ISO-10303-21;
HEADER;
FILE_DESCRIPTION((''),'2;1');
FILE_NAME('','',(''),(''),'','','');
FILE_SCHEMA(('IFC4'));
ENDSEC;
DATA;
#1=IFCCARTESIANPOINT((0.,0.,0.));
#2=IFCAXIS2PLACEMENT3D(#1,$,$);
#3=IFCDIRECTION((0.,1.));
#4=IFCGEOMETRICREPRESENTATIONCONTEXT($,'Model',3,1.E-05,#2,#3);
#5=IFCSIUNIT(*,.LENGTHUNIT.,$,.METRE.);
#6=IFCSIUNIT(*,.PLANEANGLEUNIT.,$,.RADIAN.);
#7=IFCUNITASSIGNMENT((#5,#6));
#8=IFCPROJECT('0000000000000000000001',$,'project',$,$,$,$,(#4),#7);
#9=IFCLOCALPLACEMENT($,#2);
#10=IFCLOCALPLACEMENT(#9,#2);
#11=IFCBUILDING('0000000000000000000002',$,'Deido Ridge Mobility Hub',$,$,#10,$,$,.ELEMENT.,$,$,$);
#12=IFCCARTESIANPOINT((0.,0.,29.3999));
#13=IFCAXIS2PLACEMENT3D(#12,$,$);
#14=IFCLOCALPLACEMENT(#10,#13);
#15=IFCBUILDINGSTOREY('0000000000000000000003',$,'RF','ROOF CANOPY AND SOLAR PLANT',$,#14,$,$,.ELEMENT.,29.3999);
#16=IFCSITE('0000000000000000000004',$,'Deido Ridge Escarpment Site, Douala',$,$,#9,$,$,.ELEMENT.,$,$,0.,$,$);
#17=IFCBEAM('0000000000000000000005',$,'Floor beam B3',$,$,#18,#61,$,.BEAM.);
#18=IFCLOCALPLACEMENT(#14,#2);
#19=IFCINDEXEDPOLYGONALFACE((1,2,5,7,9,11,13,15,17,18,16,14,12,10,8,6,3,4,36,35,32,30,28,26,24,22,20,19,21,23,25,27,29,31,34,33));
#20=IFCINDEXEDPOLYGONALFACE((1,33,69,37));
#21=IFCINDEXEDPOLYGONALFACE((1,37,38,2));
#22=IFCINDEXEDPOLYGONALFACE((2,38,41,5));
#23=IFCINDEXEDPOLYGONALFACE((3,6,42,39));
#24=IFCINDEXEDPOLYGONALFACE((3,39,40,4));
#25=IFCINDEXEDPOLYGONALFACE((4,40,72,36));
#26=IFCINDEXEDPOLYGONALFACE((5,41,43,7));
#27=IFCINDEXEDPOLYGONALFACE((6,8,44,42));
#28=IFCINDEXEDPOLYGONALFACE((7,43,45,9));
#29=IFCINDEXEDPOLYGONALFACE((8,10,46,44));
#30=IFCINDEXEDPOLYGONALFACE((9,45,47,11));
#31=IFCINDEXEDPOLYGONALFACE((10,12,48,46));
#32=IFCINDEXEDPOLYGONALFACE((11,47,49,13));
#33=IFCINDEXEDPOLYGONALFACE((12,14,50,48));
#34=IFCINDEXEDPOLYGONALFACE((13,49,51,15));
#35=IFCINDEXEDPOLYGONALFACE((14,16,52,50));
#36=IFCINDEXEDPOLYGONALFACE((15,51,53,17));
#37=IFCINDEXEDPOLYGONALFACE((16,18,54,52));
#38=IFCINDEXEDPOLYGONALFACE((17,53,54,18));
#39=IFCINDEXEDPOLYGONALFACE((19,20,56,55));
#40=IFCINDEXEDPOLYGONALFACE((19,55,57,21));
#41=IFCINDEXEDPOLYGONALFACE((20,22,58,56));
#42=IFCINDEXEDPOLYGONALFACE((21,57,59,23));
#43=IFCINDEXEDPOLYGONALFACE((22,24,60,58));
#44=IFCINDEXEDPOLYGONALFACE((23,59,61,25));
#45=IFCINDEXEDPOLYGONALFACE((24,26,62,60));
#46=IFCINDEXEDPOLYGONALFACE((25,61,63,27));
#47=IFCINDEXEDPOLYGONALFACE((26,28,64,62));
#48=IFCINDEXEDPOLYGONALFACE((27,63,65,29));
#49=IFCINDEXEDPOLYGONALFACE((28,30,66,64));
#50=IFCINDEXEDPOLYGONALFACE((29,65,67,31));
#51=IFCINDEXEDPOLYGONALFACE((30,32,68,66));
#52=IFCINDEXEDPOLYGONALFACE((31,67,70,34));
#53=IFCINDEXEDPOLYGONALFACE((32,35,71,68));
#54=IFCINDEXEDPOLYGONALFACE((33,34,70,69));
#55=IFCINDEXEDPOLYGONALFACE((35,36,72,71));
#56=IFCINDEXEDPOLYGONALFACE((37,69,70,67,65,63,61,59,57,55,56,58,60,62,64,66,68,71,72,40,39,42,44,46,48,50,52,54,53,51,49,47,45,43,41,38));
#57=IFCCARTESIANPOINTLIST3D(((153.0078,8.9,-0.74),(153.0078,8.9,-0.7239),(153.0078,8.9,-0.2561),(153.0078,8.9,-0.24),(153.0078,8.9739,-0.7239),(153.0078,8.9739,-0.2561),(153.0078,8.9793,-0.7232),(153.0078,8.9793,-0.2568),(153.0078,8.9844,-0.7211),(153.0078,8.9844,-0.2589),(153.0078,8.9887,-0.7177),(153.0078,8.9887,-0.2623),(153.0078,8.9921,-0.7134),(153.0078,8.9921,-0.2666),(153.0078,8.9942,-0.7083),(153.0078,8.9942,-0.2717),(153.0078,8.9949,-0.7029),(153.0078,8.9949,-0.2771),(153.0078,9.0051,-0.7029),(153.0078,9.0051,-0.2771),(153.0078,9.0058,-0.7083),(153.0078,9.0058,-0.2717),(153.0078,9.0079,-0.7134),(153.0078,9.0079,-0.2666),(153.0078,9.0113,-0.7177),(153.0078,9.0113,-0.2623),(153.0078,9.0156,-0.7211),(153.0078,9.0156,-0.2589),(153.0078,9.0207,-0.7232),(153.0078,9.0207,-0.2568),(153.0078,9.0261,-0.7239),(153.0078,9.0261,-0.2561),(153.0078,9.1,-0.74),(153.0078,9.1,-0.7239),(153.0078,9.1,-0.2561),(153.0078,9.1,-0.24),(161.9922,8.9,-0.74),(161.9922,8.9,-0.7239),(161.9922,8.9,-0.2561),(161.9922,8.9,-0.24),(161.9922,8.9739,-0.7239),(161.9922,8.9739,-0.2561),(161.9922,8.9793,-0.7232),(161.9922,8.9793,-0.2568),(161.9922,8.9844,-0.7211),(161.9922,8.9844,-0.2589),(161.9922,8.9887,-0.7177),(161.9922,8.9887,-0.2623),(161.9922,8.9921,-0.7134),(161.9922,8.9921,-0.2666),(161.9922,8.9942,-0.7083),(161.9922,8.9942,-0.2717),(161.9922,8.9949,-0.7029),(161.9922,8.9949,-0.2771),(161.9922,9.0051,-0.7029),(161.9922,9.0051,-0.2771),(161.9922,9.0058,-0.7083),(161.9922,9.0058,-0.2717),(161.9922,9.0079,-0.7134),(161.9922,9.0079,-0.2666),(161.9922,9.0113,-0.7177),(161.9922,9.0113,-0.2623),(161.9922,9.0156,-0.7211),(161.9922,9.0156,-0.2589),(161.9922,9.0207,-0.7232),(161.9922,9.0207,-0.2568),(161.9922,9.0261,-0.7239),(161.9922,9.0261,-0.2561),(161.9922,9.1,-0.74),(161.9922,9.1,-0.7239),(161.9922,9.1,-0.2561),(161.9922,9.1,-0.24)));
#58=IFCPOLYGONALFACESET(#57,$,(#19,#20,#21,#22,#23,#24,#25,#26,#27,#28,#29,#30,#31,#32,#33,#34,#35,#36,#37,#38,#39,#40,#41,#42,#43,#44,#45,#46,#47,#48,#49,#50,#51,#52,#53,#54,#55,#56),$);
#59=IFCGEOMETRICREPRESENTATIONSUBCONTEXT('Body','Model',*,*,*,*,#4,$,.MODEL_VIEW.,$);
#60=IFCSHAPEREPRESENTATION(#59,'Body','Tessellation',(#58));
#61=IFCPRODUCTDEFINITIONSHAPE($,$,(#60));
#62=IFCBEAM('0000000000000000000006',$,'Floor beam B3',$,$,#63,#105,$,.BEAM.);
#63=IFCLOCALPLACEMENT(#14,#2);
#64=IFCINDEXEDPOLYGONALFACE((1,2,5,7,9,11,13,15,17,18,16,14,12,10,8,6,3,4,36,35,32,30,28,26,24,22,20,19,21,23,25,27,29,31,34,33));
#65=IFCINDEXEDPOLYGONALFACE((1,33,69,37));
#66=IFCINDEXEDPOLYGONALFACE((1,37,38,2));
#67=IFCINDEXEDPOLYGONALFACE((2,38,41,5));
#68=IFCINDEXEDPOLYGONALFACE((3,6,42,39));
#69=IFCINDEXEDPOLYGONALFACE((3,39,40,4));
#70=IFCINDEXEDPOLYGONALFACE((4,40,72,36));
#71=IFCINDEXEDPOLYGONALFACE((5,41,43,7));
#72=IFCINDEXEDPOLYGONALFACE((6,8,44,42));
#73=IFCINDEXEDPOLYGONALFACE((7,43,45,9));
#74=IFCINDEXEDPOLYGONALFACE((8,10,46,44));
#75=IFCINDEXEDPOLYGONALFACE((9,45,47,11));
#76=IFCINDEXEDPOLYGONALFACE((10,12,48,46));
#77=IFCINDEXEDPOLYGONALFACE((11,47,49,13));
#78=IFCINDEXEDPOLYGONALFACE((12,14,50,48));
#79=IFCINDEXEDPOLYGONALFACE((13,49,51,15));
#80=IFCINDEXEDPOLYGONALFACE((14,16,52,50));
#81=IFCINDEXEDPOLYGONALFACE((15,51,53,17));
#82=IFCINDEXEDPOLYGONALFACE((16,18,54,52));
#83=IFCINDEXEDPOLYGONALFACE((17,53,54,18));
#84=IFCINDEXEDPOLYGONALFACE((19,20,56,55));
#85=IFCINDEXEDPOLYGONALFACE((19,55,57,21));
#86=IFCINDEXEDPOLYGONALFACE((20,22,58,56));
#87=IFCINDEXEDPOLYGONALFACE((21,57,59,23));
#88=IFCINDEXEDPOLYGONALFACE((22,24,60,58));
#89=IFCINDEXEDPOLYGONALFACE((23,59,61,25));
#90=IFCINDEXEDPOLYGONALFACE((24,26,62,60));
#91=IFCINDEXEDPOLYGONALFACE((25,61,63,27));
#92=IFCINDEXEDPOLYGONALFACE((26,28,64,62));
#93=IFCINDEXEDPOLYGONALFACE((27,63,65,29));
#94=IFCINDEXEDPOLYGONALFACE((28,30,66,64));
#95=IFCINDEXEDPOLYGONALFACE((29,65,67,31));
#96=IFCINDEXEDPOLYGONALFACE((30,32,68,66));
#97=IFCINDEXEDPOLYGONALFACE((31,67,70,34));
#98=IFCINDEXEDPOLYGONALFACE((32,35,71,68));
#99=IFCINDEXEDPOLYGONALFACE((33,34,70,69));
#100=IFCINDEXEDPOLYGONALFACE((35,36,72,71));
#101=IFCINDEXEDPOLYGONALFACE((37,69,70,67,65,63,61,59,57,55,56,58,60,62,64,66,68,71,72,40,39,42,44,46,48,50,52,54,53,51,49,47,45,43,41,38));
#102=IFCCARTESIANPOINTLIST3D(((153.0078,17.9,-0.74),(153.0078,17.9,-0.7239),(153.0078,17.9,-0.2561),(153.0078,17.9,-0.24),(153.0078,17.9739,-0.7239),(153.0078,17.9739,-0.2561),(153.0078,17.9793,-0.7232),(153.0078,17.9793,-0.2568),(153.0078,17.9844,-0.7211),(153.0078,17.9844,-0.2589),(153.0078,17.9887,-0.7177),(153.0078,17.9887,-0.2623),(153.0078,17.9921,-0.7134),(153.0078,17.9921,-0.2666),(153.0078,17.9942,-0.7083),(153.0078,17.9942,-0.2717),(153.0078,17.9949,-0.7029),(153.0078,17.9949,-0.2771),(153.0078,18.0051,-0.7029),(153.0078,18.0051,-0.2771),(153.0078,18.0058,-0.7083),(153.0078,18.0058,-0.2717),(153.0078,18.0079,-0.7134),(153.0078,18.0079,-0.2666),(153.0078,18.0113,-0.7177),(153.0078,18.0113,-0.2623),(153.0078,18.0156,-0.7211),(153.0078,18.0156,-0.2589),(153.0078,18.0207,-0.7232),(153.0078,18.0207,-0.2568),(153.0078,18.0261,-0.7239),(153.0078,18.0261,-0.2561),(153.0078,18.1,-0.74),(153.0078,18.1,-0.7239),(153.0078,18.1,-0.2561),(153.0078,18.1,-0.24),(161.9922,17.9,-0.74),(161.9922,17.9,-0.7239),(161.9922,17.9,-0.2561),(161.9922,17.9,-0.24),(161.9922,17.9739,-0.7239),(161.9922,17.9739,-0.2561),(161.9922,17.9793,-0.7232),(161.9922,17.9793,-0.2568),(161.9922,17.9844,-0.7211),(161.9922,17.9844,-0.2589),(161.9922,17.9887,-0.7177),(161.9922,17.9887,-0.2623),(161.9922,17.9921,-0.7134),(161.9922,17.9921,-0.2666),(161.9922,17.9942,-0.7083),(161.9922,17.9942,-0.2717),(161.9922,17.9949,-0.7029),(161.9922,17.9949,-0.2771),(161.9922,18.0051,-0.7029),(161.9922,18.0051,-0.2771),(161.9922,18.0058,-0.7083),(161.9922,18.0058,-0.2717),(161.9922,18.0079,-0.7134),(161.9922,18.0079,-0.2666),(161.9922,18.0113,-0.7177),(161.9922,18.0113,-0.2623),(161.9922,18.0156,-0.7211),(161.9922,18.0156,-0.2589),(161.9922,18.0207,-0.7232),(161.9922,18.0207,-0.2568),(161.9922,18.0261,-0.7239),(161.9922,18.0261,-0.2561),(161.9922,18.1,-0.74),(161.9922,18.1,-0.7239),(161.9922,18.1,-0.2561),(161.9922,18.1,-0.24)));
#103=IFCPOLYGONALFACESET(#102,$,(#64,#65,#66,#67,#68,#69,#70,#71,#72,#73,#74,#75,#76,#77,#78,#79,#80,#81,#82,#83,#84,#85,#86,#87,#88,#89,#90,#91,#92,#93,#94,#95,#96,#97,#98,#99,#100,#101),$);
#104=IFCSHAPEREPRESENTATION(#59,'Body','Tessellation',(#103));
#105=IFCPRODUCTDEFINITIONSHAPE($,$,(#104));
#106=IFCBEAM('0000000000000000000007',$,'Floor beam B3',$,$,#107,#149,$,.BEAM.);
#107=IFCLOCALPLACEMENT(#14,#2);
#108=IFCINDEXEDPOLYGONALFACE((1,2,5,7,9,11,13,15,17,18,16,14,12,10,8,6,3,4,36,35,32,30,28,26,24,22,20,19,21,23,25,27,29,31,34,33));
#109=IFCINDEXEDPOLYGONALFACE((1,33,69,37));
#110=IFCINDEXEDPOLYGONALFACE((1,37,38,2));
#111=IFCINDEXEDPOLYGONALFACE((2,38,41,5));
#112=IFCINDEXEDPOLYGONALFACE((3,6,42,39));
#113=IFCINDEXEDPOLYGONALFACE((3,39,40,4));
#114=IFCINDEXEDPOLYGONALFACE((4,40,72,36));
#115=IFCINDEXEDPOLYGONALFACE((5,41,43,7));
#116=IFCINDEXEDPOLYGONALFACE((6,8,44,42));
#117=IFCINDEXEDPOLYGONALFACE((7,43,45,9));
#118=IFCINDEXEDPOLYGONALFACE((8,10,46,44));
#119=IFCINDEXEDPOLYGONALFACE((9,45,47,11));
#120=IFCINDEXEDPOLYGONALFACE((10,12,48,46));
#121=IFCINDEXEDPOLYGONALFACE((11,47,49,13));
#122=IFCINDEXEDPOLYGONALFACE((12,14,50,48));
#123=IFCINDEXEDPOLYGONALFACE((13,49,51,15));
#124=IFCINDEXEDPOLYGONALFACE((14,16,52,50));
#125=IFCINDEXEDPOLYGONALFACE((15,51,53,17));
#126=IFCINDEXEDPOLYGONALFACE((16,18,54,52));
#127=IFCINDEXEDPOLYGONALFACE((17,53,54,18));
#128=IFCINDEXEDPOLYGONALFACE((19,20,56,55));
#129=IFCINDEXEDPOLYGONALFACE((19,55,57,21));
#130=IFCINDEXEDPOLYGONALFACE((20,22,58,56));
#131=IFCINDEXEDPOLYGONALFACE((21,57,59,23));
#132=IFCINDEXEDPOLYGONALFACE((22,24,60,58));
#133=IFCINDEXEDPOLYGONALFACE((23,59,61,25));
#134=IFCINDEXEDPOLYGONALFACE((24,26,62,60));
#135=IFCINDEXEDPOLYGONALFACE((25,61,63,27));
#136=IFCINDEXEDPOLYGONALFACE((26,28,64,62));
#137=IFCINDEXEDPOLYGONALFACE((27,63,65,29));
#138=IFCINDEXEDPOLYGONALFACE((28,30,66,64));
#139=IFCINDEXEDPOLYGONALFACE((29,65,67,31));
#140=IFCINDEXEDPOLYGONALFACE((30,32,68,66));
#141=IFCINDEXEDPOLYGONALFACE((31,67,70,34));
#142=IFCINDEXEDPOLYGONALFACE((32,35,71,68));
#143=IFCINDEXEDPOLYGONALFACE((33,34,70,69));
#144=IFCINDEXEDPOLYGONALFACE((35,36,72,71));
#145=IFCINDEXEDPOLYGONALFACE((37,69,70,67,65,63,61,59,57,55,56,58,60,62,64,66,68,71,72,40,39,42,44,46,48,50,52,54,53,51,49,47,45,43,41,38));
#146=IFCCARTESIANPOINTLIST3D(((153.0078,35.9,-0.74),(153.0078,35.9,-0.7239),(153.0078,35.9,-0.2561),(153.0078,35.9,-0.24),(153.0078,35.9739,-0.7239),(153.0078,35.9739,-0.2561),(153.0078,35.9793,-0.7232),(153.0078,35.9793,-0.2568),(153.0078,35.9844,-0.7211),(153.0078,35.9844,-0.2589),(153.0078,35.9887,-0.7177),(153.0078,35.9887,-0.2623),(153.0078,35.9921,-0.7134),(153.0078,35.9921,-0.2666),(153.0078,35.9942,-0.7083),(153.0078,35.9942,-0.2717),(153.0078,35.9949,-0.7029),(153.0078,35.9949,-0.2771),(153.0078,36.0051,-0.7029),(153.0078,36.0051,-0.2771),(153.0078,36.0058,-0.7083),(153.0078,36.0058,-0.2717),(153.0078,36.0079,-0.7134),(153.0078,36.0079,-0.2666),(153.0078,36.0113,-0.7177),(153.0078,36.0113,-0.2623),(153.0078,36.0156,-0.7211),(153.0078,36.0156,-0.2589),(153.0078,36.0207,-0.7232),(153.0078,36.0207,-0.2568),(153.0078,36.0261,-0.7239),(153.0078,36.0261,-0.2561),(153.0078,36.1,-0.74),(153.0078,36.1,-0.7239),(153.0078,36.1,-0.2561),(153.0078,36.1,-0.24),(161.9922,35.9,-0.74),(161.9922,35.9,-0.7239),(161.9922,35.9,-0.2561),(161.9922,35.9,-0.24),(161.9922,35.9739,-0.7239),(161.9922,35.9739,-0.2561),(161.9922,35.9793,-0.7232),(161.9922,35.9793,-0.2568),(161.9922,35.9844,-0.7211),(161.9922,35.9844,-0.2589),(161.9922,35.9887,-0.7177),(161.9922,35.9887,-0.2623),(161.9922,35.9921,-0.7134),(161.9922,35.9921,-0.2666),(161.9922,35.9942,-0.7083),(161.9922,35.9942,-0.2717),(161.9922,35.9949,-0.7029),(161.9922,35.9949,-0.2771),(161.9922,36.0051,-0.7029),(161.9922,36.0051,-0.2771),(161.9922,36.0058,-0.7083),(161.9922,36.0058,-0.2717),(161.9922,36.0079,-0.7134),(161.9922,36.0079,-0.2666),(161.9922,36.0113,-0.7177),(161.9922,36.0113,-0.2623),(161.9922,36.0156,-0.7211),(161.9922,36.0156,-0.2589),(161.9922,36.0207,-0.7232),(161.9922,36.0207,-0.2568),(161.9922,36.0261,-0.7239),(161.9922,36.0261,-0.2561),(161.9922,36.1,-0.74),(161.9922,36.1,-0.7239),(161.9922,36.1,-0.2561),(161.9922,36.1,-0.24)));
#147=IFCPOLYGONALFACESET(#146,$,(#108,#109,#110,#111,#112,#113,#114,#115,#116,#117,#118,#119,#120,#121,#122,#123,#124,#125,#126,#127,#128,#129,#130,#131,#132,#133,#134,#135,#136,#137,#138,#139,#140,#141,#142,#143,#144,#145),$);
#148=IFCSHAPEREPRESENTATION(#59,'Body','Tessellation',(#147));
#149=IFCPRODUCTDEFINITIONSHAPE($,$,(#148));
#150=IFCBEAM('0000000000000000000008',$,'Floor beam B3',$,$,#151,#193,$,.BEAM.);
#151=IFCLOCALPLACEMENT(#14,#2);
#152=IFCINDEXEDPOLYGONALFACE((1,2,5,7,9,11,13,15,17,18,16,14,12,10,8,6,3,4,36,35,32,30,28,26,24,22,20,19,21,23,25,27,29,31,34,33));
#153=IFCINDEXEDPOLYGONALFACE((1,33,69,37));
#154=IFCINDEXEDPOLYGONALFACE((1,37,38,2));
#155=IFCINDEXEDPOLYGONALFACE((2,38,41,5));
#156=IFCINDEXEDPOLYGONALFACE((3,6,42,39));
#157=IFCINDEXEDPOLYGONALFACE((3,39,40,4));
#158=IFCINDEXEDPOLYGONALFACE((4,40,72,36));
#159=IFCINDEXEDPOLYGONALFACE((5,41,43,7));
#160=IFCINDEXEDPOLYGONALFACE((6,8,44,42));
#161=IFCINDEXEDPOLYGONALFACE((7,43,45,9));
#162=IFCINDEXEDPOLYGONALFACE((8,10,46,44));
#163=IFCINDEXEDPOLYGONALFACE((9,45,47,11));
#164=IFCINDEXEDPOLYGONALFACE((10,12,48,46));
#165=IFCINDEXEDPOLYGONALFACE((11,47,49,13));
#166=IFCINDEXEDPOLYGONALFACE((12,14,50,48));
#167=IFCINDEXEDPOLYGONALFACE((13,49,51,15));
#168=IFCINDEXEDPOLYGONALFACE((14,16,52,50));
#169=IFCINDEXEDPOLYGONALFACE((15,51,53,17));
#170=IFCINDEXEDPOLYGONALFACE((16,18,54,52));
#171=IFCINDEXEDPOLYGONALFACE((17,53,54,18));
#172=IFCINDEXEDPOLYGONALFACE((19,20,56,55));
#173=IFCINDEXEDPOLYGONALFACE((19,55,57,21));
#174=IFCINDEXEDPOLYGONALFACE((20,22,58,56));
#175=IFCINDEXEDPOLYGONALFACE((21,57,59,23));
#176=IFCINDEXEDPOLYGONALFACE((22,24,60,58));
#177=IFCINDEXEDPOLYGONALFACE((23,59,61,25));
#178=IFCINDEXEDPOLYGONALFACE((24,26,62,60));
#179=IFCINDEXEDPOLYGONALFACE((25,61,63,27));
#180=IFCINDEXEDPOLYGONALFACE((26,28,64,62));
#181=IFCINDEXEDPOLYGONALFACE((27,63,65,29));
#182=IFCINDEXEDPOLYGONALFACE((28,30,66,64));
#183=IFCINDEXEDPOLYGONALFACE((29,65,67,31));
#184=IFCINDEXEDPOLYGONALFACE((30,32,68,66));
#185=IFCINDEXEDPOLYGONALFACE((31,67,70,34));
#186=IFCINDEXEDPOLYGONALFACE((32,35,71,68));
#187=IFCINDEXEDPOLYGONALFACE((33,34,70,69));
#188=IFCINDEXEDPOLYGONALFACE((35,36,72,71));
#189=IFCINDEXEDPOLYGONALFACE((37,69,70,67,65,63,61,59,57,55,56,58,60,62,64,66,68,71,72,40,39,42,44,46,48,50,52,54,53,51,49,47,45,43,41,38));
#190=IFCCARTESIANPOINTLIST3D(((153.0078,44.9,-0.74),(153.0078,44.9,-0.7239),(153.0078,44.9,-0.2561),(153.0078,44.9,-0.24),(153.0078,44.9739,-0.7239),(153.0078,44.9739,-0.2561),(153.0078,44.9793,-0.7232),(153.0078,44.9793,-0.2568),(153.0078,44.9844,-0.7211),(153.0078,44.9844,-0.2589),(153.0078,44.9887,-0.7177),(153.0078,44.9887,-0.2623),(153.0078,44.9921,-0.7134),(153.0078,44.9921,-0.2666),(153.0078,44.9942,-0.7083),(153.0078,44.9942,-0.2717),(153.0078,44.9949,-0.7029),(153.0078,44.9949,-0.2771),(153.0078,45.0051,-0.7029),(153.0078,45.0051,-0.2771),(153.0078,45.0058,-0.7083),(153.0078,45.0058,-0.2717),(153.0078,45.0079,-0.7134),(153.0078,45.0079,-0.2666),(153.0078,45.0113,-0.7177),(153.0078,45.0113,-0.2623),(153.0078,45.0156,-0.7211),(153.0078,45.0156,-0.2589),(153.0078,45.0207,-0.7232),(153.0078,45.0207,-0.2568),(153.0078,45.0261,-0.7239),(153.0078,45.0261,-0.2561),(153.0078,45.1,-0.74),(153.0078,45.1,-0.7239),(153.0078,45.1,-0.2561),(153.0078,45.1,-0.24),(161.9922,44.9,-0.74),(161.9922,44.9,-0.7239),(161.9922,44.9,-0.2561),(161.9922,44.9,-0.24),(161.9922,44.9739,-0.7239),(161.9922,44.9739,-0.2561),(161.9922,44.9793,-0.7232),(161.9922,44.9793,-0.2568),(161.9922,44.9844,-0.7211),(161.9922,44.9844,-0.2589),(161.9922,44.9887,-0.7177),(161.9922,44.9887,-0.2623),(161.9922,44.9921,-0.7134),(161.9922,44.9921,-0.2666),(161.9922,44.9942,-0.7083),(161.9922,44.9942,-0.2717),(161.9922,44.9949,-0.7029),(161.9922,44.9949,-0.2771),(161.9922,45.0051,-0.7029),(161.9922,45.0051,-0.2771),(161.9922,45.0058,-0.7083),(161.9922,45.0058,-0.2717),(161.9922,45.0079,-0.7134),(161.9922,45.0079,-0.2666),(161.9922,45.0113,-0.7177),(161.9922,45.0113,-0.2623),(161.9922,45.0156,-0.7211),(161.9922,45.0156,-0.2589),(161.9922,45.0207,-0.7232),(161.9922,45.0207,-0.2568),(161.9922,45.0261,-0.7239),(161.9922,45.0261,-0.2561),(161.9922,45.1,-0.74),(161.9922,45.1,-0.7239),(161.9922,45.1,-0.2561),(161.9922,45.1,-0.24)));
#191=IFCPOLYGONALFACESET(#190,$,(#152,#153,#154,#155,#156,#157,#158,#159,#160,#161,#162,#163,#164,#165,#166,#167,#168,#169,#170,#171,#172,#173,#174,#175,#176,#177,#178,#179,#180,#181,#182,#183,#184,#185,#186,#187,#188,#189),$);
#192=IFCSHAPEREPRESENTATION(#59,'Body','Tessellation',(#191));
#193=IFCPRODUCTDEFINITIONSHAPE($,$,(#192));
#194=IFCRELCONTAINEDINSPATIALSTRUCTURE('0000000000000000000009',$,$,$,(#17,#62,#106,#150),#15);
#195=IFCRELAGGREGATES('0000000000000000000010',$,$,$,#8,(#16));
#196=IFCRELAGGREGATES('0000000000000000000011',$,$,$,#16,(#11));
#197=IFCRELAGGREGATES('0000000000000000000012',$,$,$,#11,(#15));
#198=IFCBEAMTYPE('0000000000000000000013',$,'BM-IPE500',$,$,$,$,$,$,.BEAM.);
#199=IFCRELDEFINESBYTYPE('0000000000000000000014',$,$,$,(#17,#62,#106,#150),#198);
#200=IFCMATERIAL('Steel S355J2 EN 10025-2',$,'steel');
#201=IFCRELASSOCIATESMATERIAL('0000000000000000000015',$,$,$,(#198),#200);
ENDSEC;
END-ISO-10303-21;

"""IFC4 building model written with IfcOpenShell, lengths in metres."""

from ifc_helpers import new_model, si_unit, direction, frame, origin, origin_2d, place, context, subcontext, project, spatial, i_section, extrude, material, material_profile, profile_set, type_object, element, save


model = new_model("IFC4")

# Units and contexts
model_context = context("Model", 3, precision=1e-05, world=origin(), true_north=direction((0.0, 1.0)))
body_context = subcontext(model_context, "Body", "Model", "MODEL_VIEW")
ifc_project = project(units=[si_unit("LENGTHUNIT", "METRE"), si_unit("PLANEANGLEUNIT", "RADIAN")], contexts=[model_context])

# Site, building, storey
site_placement = place(None, origin())
site = spatial("IfcSite", under=ifc_project, at=site_placement, Name="Deido Ridge Escarpment Site, Douala", CompositionType="ELEMENT", RefElevation=0.0)
building_placement = place(site_placement, origin())
building = spatial("IfcBuilding", under=site, at=building_placement, Name="Deido Ridge Mobility Hub", CompositionType="ELEMENT")
storey_placement = place(building_placement, frame((0.0, 0.0, 29.3999)))
storey = spatial("IfcBuildingStorey", under=building, at=storey_placement, Name="RF", Description="ROOF CANOPY AND SOLAR PLANT", CompositionType="ELEMENT", Elevation=29.3999)

# Beams
ifc_material_1 = material(Name="Steel S355J2 EN 10025-2", Category="steel")
ifc_material_profile_1 = material_profile(ifc_material_1, i_section(OverallWidth=0.2, OverallDepth=0.5, WebThickness=0.0103, FlangeThickness=0.0161, FilletRadius=0.021, at=origin_2d()), Name="IPE 500")
ifc_profile_set_1 = profile_set([ifc_material_profile_1], Name="Steel S355J2 EN 10025-2")
beam_type_1 = type_object("IfcBeamType", Name="BM-IPE500", PredefinedType="BEAM", material=ifc_profile_set_1)
for number, where, z_axis, x_axis, name in (
    (1, (153.0078, 9.0, -0.49), (1.0, 0.0, 0.0), (0.0, 1.0, 0.0), "Floor beam B3"),
    (2, (153.0078, 18.0, -0.49), (1.0, 0.0, 0.0), (0.0, 1.0, 0.0), "Floor beam B3"),
    (3, (153.0078, 36.0, -0.49), (1.0, 0.0, 0.0), (0.0, 1.0, 0.0), "Floor beam B3"),
    (4, (153.0078, 45.0, -0.49), (1.0, 0.0, 0.0), (0.0, 1.0, 0.0), "Floor beam B3"),
):
    element("IfcBeam", number, at=place(storey_placement, frame(where, z_axis=z_axis, x_axis=x_axis)), inside=storey, type_object=beam_type_1, Name=name, PredefinedType="BEAM", context=body_context, shape_type="SweptSolid", body=[
        extrude(i_section(OverallWidth=0.2, OverallDepth=0.5, WebThickness=0.0103, FlangeThickness=0.0161, FilletRadius=0.021, at=origin_2d()), origin(), (0.0, 0.0, 1.0), 8.9844),
    ])

save(model, "model.ifc")
